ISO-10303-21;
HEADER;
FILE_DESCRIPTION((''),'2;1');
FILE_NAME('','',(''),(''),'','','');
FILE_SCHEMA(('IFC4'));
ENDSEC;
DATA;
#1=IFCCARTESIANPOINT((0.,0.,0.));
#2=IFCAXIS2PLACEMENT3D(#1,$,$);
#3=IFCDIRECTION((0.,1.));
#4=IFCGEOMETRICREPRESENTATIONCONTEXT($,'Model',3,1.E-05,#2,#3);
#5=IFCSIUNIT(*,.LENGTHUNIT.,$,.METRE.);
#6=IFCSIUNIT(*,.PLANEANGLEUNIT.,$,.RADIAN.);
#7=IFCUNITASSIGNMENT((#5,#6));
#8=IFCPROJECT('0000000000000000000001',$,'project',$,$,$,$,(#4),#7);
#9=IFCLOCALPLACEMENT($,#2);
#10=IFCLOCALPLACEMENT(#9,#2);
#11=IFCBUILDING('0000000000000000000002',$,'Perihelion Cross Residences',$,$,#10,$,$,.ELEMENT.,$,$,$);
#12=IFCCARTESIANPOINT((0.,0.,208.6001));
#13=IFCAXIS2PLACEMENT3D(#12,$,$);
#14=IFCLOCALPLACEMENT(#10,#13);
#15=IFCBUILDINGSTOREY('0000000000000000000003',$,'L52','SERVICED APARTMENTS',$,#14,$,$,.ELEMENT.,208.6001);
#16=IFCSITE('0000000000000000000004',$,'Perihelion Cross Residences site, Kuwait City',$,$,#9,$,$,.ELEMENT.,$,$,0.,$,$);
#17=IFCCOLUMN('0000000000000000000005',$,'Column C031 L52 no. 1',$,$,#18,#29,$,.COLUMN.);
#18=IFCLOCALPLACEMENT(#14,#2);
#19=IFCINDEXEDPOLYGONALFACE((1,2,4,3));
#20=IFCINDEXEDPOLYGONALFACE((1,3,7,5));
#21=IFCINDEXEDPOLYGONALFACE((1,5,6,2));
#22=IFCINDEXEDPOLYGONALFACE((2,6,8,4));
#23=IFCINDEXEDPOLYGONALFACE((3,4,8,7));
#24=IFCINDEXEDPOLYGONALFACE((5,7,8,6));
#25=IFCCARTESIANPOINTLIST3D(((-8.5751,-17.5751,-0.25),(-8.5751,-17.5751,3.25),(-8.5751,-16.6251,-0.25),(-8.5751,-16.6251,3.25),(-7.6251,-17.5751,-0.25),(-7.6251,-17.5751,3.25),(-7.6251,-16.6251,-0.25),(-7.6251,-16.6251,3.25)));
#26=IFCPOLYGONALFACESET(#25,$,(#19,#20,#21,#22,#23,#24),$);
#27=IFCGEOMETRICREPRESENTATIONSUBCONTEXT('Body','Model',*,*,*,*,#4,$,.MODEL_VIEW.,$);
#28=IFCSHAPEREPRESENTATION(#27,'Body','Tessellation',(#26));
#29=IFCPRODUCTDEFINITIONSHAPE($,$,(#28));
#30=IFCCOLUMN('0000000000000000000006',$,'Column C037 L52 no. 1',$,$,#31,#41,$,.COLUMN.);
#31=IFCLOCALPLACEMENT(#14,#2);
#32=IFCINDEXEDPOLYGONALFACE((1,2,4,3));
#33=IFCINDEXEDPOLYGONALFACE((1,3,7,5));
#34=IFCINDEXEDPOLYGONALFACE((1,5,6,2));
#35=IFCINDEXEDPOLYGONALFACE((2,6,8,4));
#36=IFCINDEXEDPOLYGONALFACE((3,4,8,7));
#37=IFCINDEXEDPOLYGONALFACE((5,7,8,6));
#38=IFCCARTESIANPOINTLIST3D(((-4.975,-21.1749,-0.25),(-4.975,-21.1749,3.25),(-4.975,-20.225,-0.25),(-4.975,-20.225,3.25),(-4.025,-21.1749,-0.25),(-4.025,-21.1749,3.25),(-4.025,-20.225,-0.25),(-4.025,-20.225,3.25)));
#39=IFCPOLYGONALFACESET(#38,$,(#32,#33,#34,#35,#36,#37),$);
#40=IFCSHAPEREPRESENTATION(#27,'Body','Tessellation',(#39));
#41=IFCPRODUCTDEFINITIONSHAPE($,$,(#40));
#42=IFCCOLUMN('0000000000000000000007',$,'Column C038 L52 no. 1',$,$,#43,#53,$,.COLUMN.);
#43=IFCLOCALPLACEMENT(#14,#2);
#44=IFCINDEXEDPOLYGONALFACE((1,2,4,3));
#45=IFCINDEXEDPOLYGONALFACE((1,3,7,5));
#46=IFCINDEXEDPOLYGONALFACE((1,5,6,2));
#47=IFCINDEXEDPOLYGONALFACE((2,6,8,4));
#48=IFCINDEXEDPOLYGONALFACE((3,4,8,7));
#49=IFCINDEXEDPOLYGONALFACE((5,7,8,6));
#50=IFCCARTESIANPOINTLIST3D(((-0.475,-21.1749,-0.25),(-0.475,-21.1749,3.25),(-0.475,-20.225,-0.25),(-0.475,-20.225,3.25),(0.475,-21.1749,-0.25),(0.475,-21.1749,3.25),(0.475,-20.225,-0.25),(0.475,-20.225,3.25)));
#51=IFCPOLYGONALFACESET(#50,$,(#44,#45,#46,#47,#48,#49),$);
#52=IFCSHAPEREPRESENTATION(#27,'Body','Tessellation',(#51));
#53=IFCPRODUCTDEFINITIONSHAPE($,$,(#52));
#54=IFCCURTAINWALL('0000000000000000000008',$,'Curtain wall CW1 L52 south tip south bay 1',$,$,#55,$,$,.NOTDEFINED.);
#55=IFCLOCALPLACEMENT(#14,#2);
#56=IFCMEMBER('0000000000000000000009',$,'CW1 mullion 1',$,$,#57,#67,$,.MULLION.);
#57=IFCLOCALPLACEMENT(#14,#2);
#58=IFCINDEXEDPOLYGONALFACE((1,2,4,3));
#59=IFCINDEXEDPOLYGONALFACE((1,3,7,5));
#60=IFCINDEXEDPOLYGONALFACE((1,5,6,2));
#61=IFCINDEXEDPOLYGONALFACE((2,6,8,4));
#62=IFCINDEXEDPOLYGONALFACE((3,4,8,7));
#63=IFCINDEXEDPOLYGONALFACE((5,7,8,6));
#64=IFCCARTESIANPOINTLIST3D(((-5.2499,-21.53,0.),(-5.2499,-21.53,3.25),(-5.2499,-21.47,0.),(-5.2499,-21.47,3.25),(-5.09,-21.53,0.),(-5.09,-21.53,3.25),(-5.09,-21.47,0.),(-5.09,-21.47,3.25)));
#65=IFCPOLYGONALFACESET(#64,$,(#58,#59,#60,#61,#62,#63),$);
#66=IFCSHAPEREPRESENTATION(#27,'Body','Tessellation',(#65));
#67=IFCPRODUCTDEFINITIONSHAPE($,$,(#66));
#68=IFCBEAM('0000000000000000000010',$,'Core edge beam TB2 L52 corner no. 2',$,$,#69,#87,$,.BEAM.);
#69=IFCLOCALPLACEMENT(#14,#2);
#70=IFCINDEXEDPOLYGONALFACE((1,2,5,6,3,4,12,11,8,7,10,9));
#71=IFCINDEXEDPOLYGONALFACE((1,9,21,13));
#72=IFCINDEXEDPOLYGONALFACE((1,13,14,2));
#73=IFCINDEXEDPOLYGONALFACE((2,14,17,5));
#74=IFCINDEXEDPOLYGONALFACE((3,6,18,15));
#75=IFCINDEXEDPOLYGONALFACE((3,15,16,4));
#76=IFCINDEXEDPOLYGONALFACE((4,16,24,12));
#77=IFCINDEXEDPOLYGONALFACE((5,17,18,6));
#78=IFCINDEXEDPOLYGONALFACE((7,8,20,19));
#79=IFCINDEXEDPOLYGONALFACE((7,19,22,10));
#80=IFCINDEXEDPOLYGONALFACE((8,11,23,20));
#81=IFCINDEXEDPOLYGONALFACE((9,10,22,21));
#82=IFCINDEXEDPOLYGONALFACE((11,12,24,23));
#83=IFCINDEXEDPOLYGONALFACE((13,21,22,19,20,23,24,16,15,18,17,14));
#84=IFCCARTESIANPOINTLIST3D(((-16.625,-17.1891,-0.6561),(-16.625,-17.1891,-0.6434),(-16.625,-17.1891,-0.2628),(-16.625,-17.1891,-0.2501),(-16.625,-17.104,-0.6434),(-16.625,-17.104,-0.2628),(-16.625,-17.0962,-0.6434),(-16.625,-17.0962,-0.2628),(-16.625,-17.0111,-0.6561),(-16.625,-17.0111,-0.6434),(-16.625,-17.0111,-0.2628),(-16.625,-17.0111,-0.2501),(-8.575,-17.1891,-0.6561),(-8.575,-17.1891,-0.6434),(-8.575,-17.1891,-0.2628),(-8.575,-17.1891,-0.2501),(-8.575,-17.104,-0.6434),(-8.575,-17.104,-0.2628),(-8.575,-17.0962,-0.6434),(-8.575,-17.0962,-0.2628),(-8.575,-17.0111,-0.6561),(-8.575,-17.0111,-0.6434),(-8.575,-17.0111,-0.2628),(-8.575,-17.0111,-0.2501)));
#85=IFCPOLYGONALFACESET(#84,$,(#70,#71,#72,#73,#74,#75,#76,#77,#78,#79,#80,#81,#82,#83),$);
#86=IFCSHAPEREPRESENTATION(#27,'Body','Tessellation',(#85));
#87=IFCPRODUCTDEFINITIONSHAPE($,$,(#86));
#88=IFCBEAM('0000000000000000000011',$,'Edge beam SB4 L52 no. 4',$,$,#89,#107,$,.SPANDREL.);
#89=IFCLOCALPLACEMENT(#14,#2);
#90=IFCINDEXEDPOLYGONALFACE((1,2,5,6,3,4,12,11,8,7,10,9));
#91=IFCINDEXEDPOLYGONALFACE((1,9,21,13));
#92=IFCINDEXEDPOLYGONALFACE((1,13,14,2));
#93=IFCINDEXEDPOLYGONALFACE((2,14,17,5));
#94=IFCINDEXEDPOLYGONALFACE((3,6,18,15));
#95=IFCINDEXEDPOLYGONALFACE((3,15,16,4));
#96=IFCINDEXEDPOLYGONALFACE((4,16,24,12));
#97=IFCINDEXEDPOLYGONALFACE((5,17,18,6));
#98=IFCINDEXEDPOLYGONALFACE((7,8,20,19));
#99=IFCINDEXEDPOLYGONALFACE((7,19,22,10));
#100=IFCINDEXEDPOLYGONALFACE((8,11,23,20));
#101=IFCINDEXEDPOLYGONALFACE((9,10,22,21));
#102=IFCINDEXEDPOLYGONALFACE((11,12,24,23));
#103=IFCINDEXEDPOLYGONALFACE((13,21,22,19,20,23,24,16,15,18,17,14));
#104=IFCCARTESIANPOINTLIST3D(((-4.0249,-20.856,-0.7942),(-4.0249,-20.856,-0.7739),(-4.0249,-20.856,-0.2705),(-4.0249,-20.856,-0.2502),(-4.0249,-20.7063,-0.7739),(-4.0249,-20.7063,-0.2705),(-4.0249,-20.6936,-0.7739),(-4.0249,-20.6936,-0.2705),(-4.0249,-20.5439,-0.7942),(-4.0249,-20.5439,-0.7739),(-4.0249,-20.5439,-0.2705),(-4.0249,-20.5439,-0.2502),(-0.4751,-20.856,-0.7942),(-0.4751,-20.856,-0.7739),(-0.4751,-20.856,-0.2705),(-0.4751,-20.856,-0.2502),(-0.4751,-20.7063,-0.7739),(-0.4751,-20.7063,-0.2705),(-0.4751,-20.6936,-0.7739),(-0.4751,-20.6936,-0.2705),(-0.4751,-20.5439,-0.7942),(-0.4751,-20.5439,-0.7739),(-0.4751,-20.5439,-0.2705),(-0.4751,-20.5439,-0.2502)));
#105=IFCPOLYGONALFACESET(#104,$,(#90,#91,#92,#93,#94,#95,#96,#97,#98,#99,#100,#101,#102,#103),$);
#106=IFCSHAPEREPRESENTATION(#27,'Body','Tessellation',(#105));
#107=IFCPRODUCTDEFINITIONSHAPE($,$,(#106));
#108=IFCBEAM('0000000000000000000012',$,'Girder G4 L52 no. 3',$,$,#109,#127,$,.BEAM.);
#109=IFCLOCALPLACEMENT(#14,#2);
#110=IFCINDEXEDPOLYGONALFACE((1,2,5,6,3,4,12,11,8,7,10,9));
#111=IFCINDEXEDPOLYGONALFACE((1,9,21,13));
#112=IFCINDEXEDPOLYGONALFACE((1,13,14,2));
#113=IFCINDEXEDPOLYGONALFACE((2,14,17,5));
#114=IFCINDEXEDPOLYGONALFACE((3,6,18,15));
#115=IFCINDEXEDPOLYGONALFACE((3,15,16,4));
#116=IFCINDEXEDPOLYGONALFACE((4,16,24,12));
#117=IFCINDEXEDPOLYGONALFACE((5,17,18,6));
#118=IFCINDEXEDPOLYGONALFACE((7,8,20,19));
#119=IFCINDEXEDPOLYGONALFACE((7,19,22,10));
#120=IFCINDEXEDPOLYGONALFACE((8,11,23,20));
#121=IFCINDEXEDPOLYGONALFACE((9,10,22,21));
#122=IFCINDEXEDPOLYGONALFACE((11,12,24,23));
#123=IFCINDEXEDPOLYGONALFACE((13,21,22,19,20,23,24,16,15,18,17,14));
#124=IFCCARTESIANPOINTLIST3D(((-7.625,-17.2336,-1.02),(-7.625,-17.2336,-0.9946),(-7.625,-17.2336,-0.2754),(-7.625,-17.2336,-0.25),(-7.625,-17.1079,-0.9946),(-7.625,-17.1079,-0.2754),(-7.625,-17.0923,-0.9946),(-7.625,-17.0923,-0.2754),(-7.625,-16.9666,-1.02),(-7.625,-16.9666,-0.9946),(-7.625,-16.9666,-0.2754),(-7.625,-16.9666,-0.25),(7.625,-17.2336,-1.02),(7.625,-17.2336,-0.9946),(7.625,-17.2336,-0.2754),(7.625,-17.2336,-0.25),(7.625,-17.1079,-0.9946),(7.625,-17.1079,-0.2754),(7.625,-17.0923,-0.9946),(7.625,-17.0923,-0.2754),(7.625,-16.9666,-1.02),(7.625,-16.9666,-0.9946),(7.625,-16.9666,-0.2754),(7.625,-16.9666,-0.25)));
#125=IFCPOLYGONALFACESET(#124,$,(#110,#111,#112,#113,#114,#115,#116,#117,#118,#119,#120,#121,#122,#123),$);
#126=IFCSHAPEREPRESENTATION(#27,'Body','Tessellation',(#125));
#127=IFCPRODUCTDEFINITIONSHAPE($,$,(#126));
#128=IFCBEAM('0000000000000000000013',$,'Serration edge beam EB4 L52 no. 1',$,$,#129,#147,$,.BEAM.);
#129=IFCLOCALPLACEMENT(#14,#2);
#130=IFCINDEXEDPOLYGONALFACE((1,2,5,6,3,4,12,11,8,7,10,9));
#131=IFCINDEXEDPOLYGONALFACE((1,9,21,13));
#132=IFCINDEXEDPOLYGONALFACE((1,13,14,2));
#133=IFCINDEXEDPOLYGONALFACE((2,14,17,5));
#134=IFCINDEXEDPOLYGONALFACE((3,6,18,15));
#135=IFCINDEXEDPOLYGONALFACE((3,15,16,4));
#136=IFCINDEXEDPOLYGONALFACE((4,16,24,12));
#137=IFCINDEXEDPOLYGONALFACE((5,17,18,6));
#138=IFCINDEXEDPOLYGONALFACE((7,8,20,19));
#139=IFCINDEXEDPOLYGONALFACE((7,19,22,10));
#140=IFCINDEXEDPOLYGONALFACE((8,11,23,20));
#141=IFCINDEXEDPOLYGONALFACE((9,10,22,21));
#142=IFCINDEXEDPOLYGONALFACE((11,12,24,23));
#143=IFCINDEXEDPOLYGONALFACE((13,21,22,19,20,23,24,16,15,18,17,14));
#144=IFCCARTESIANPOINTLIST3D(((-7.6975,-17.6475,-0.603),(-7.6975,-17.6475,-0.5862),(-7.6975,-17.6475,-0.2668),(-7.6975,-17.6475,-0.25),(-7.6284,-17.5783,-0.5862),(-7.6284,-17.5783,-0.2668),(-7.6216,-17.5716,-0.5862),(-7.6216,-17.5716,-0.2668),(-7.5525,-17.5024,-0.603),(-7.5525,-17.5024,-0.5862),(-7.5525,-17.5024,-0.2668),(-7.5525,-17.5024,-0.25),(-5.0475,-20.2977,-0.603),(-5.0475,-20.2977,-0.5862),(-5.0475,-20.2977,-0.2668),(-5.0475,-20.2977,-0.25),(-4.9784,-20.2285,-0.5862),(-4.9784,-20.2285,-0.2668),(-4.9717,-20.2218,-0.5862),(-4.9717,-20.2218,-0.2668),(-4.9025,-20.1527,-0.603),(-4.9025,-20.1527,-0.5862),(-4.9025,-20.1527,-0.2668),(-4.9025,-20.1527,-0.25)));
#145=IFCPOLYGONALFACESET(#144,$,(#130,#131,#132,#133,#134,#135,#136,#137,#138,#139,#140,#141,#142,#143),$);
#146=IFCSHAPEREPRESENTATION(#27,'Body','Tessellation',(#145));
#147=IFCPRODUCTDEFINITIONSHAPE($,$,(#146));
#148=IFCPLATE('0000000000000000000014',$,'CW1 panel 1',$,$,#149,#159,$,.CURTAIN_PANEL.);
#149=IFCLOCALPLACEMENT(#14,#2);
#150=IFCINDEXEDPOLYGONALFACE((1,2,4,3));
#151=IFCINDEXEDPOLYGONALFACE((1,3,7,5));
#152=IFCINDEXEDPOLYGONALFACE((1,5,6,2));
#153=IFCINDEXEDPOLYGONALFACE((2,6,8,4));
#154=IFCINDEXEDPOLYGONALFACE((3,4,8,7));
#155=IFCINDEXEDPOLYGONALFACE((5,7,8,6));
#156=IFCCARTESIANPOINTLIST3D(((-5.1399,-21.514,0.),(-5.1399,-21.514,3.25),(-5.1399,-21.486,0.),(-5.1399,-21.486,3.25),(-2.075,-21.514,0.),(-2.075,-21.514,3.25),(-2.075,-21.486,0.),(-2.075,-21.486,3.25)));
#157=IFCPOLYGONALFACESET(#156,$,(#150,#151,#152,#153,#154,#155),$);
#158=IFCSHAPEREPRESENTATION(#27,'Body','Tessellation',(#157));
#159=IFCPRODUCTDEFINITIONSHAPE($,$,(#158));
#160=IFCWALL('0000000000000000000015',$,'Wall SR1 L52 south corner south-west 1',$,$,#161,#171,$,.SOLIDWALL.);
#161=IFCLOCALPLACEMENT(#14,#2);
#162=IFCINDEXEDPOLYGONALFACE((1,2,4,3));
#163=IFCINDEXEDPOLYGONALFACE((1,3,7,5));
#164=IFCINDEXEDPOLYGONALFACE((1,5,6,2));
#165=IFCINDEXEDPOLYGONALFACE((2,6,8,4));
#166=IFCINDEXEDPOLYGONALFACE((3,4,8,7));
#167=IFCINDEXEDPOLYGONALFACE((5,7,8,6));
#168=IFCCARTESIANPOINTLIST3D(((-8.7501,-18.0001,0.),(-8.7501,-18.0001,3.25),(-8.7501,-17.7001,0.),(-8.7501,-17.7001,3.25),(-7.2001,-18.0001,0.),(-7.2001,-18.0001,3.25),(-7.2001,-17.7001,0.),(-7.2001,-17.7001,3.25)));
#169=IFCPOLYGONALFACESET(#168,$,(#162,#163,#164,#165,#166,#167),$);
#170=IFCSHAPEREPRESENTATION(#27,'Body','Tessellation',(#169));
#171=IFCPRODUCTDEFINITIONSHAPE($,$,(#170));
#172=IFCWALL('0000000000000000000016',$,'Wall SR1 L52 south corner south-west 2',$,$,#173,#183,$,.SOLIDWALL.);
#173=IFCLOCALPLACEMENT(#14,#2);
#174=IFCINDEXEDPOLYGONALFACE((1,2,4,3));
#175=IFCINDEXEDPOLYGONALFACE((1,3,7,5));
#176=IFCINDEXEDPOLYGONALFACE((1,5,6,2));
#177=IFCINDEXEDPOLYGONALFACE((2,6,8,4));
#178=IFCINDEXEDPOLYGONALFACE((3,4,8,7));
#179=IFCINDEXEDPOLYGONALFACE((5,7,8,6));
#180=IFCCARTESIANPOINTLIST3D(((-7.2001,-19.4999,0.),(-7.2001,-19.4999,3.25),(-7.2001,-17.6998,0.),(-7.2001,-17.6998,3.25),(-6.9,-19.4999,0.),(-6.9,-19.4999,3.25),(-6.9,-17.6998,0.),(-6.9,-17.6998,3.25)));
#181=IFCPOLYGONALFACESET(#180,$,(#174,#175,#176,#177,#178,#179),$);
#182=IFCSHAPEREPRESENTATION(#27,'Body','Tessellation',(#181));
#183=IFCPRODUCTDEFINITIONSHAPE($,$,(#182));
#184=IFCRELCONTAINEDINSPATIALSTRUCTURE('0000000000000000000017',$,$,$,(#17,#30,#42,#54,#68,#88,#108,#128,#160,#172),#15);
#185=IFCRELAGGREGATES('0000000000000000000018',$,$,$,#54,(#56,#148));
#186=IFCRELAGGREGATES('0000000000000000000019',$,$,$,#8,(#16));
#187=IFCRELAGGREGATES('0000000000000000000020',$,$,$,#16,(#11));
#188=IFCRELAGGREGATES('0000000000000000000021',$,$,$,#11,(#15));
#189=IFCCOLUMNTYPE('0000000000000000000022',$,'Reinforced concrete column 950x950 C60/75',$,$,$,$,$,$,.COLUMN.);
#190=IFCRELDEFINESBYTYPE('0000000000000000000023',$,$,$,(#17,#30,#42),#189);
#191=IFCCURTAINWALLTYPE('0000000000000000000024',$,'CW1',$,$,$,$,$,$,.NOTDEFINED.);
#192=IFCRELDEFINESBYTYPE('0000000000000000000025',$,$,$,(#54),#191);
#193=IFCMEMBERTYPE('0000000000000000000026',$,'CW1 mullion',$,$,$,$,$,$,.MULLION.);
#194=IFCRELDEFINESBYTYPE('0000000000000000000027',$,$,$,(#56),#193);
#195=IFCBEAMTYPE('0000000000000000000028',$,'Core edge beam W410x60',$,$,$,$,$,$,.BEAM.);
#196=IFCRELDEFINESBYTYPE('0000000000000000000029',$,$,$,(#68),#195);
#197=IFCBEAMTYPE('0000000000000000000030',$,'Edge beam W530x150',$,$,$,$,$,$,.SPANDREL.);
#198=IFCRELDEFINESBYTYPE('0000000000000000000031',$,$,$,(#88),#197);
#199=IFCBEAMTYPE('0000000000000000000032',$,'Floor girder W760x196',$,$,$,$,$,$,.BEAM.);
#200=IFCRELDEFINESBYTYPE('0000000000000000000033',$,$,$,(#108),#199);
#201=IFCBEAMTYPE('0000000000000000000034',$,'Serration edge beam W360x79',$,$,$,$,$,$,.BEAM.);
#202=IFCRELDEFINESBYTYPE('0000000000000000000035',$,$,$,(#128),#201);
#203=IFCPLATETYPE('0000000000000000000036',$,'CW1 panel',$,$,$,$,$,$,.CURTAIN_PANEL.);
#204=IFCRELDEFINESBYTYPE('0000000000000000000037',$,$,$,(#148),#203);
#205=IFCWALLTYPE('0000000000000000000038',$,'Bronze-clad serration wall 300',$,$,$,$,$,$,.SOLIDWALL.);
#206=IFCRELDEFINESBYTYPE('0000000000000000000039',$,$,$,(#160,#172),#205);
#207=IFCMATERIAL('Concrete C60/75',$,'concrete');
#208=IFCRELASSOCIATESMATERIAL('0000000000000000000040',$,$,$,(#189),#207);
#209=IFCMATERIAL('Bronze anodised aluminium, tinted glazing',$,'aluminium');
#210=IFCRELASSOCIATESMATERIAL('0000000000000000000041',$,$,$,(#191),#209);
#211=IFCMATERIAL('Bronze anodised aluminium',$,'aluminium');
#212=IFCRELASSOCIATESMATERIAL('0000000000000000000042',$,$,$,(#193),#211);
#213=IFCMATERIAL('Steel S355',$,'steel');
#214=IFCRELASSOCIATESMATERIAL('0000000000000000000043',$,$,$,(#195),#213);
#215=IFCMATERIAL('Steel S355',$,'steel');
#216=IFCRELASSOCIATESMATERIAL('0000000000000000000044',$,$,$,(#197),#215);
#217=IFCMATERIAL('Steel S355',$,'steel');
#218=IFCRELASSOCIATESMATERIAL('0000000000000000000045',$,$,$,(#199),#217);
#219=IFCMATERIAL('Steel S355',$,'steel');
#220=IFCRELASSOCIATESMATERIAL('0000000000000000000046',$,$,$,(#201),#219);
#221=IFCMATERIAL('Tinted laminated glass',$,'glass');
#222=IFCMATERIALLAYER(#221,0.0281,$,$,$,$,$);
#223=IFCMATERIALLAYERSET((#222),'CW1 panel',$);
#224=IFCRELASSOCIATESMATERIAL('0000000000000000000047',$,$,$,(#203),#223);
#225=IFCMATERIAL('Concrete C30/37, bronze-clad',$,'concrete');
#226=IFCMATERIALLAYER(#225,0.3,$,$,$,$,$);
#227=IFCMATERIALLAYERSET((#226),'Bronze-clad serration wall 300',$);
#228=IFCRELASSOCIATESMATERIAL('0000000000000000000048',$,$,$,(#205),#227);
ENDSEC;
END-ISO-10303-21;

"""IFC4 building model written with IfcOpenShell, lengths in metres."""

from ifc_helpers import new_model, si_unit, direction, frame, frame_2d, origin, origin_2d, place, context, subcontext, project, spatial, rectangle, i_section, extrude, material, layer, layer_set, material_profile, profile_set, type_object, element, aggregate, save


model = new_model("IFC4")

# Units and contexts
model_context = context("Model", 3, precision=1e-05, world=origin(), true_north=direction((0.0, 1.0)))
body_context = subcontext(model_context, "Body", "Model", "MODEL_VIEW")
ifc_project = project(units=[si_unit("LENGTHUNIT", "METRE"), si_unit("PLANEANGLEUNIT", "RADIAN")], contexts=[model_context])

# Site, building, storey
site_placement = place(None, origin())
site = spatial("IfcSite", under=ifc_project, at=site_placement, Name="Perihelion Cross Residences site, Kuwait City", CompositionType="ELEMENT", RefElevation=0.0)
building_placement = place(site_placement, origin())
building = spatial("IfcBuilding", under=site, at=building_placement, Name="Perihelion Cross Residences", CompositionType="ELEMENT")
storey_placement = place(building_placement, frame((0.0, 0.0, 208.6001)))
storey = spatial("IfcBuildingStorey", under=building, at=storey_placement, Name="L52", Description="SERVICED APARTMENTS", CompositionType="ELEMENT", Elevation=208.6001)

# Columns
ifc_material_1 = material(Name="Concrete C60/75", Category="concrete")
ifc_material_profile_1 = material_profile(ifc_material_1, rectangle(XDim=0.95, YDim=0.95, at=origin_2d()), Name="RC 950x950")
ifc_profile_set_1 = profile_set([ifc_material_profile_1], Name="Concrete C60/75")
column_type = type_object("IfcColumnType", Name="Reinforced concrete column 950x950 C60/75", PredefinedType="COLUMN", material=ifc_profile_set_1)
for number, where, z_axis, x_axis, name in (
    (1, (-8.1001, -17.1001, -0.25), (0.0, 0.0, 1.0), (1.0, 0.0, 0.0), "Column C031 L52 no. 1"),
    (2, (-4.5, -20.7, -0.25), (0.0, 0.0, 1.0), (1.0, 0.0, 0.0), "Column C037 L52 no. 1"),
    (3, (0.0, -20.7, -0.25), (0.0, 0.0, 1.0), (1.0, 0.0, 0.0), "Column C038 L52 no. 1"),
):
    element("IfcColumn", number, at=place(storey_placement, frame(where, z_axis=z_axis, x_axis=x_axis)), inside=storey, type_object=column_type, Name=name, PredefinedType="COLUMN", context=body_context, shape_type="SweptSolid", body=[
        extrude(rectangle(XDim=0.95, YDim=0.95, at=origin_2d()), origin(), (0.0, 0.0, 1.0), 3.5),
    ])

# Curtain wall, member
ifc_material_2 = material(Name="Bronze anodised aluminium, tinted glazing", Category="aluminium")
curtain_wall_type = type_object("IfcCurtainWallType", Name="CW1", PredefinedType="NOTDEFINED", material=ifc_material_2)
curtain_wall_placement = place(storey_placement, origin())
curtain_wall = element("IfcCurtainWall", 4, at=curtain_wall_placement, inside=storey, type_object=curtain_wall_type, Name="Curtain wall CW1 L52 south tip south bay 1", PredefinedType="NOTDEFINED")
ifc_material_3 = material(Name="Bronze anodised aluminium", Category="aluminium")
ifc_material_profile_2 = material_profile(ifc_material_3, rectangle(XDim=0.0601, YDim=0.1599, at=origin_2d()), Name="CW1 mullion")
ifc_profile_set_2 = profile_set([ifc_material_profile_2], Name="Bronze anodised aluminium")
member_type = type_object("IfcMemberType", Name="CW1 mullion", PredefinedType="MULLION", material=ifc_profile_set_2)
member_placement = place(storey_placement, frame((-5.1699, -21.5, 0.0), z_axis=(0.0, 0.0, 1.0), x_axis=(0.0, 1.0, 0.0)))
member = element("IfcMember", 5, at=member_placement, type_object=member_type, Name="CW1 mullion 1", PredefinedType="MULLION", context=body_context, shape_type="SweptSolid", body=[
    extrude(rectangle(XDim=0.0601, YDim=0.1599, at=origin_2d()), origin(), (0.0, 0.0, 1.0), 3.25),
])

# Beams
ifc_material_4 = material(Name="Steel S355", Category="steel")
ifc_material_profile_3 = material_profile(ifc_material_4, i_section(OverallWidth=0.178, OverallDepth=0.406, WebThickness=0.0078, FlangeThickness=0.0127, at=origin_2d()), Name="W410x60")
ifc_profile_set_3 = profile_set([ifc_material_profile_3], Name="Steel S355")
beam_type_1 = type_object("IfcBeamType", Name="Core edge beam W410x60", PredefinedType="BEAM", material=ifc_profile_set_3)
beam_1_placement = place(storey_placement, frame((-8.575, -17.1001, -0.4531), z_axis=(-1.0, 0.0, 0.0), x_axis=(0.0, -1.0, 0.0)))
element("IfcBeam", 6, at=beam_1_placement, inside=storey, type_object=beam_type_1, Name="Core edge beam TB2 L52 corner no. 2", PredefinedType="BEAM", context=body_context, shape_type="SweptSolid", body=[
    extrude(i_section(OverallWidth=0.178, OverallDepth=0.406, WebThickness=0.0078, FlangeThickness=0.0127, at=origin_2d()), origin(), (0.0, 0.0, 1.0), 8.05),
])
ifc_material_5 = material(Name="Steel S355", Category="steel")
ifc_material_profile_4 = material_profile(ifc_material_5, i_section(OverallWidth=0.312, OverallDepth=0.5439, WebThickness=0.0127, FlangeThickness=0.0203, at=origin_2d()), Name="W530x150")
ifc_profile_set_4 = profile_set([ifc_material_profile_4], Name="Steel S355")
beam_type_2 = type_object("IfcBeamType", Name="Edge beam W530x150", PredefinedType="SPANDREL", material=ifc_profile_set_4)
beam_2_placement = place(storey_placement, frame((-4.0249, -20.7, -0.5222), z_axis=(1.0, 0.0, 0.0), x_axis=(0.0, 1.0, 0.0)))
element("IfcBeam", 7, at=beam_2_placement, inside=storey, type_object=beam_type_2, Name="Edge beam SB4 L52 no. 4", PredefinedType="SPANDREL", context=body_context, shape_type="SweptSolid", body=[
    extrude(i_section(OverallWidth=0.312, OverallDepth=0.5439, WebThickness=0.0127, FlangeThickness=0.0203, at=origin_2d()), origin(), (0.0, 0.0, 1.0), 3.5498),
])
ifc_material_6 = material(Name="Steel S355", Category="steel")
ifc_material_profile_5 = material_profile(ifc_material_6, i_section(OverallWidth=0.2671, OverallDepth=0.77, WebThickness=0.0156, FlangeThickness=0.0254, at=origin_2d()), Name="W760x196")
ifc_profile_set_5 = profile_set([ifc_material_profile_5], Name="Steel S355")
beam_type_3 = type_object("IfcBeamType", Name="Floor girder W760x196", PredefinedType="BEAM", material=ifc_profile_set_5)
beam_3_placement = place(storey_placement, frame((-7.625, -17.1001, -0.635), z_axis=(1.0, 0.0, 0.0), x_axis=(0.0, 1.0, 0.0)))
element("IfcBeam", 8, at=beam_3_placement, inside=storey, type_object=beam_type_3, Name="Girder G4 L52 no. 3", PredefinedType="BEAM", context=body_context, shape_type="SweptSolid", body=[
    extrude(i_section(OverallWidth=0.2671, OverallDepth=0.77, WebThickness=0.0156, FlangeThickness=0.0254, at=origin_2d()), origin(), (0.0, 0.0, 1.0), 15.25),
])
ifc_material_7 = material(Name="Steel S355", Category="steel")
ifc_material_profile_6 = material_profile(ifc_material_7, i_section(OverallWidth=0.2051, OverallDepth=0.353, WebThickness=0.0095, FlangeThickness=0.0168, at=origin_2d()), Name="W360x79")
ifc_profile_set_6 = profile_set([ifc_material_profile_6], Name="Steel S355")
beam_type_4 = type_object("IfcBeamType", Name="Serration edge beam W360x79", PredefinedType="BEAM", material=ifc_profile_set_6)
beam_4_placement = place(storey_placement, frame((-7.625, -17.575, -0.4265), z_axis=(0.707074, -0.707139, 0.0), x_axis=(0.707139, 0.707074, 0.0)))
element("IfcBeam", 9, at=beam_4_placement, inside=storey, type_object=beam_type_4, Name="Serration edge beam EB4 L52 no. 1", PredefinedType="BEAM", context=body_context, shape_type="SweptSolid", body=[
    extrude(i_section(OverallWidth=0.2051, OverallDepth=0.353, WebThickness=0.0095, FlangeThickness=0.0168, at=origin_2d()), origin(), (0.0, 0.0, 1.0), 3.7478),
])

# Plate
ifc_material_8 = material(Name="Tinted laminated glass", Category="glass")
ifc_layer_1 = layer(ifc_material_8, 0.0281)
ifc_layer_set_1 = layer_set([ifc_layer_1], Name="CW1 panel")
plate_type = type_object("IfcPlateType", Name="CW1 panel", PredefinedType="CURTAIN_PANEL", material=ifc_layer_set_1)
plate_placement = place(storey_placement, frame((-3.6074, -21.5, 0.0), z_axis=(0.0, 0.0, 1.0), x_axis=(1.0, 0.0, 0.0)))
plate = element("IfcPlate", 10, at=plate_placement, type_object=plate_type, Name="CW1 panel 1", PredefinedType="CURTAIN_PANEL", context=body_context, shape_type="SweptSolid", body=[
    extrude(rectangle(XDim=3.0649, YDim=0.0281, at=origin_2d()), origin(), (0.0, 0.0, 1.0), 3.25),
])
aggregate(curtain_wall, [member, plate])

# Walls
ifc_material_9 = material(Name="Concrete C30/37, bronze-clad", Category="concrete")
ifc_layer_2 = layer(ifc_material_9, 0.3)
ifc_layer_set_2 = layer_set([ifc_layer_2], Name="Bronze-clad serration wall 300")
wall_type_1 = type_object("IfcWallType", Name="Bronze-clad serration wall 300", PredefinedType="SOLIDWALL", material=ifc_layer_set_2)
wall_1_placement = place(storey_placement, frame((-8.75, -17.8501, 0.0), z_axis=(0.0, 0.0, 1.0), x_axis=(1.0, 0.0, 0.0)))
element("IfcWall", 11, at=wall_1_placement, inside=storey, type_object=wall_type_1, Name="Wall SR1 L52 south corner south-west 1", PredefinedType="SOLIDWALL", context=body_context, shape_type="SweptSolid", body=[
    extrude(rectangle(XDim=1.55, YDim=0.3, at=frame_2d((0.7749, 0.0))), origin(), (0.0, 0.0, 1.0), 3.25),
])
for number, where, z_axis, x_axis, name in (
    (12, (-7.05, -17.7, 0.0), (0.0, 0.0, 1.0), (0.0, -1.0, 0.0), "Wall SR1 L52 south corner south-west 2"),
):
    element("IfcWall", number, at=place(storey_placement, frame(where, z_axis=z_axis, x_axis=x_axis)), inside=storey, type_object=wall_type_1, Name=name, PredefinedType="SOLIDWALL", context=body_context, shape_type="SweptSolid", body=[
        extrude(rectangle(XDim=1.8, YDim=0.3, at=frame_2d((0.8999, 0.0))), origin(), (0.0, 0.0, 1.0), 3.25),
    ])

save(model, "model.ifc")
